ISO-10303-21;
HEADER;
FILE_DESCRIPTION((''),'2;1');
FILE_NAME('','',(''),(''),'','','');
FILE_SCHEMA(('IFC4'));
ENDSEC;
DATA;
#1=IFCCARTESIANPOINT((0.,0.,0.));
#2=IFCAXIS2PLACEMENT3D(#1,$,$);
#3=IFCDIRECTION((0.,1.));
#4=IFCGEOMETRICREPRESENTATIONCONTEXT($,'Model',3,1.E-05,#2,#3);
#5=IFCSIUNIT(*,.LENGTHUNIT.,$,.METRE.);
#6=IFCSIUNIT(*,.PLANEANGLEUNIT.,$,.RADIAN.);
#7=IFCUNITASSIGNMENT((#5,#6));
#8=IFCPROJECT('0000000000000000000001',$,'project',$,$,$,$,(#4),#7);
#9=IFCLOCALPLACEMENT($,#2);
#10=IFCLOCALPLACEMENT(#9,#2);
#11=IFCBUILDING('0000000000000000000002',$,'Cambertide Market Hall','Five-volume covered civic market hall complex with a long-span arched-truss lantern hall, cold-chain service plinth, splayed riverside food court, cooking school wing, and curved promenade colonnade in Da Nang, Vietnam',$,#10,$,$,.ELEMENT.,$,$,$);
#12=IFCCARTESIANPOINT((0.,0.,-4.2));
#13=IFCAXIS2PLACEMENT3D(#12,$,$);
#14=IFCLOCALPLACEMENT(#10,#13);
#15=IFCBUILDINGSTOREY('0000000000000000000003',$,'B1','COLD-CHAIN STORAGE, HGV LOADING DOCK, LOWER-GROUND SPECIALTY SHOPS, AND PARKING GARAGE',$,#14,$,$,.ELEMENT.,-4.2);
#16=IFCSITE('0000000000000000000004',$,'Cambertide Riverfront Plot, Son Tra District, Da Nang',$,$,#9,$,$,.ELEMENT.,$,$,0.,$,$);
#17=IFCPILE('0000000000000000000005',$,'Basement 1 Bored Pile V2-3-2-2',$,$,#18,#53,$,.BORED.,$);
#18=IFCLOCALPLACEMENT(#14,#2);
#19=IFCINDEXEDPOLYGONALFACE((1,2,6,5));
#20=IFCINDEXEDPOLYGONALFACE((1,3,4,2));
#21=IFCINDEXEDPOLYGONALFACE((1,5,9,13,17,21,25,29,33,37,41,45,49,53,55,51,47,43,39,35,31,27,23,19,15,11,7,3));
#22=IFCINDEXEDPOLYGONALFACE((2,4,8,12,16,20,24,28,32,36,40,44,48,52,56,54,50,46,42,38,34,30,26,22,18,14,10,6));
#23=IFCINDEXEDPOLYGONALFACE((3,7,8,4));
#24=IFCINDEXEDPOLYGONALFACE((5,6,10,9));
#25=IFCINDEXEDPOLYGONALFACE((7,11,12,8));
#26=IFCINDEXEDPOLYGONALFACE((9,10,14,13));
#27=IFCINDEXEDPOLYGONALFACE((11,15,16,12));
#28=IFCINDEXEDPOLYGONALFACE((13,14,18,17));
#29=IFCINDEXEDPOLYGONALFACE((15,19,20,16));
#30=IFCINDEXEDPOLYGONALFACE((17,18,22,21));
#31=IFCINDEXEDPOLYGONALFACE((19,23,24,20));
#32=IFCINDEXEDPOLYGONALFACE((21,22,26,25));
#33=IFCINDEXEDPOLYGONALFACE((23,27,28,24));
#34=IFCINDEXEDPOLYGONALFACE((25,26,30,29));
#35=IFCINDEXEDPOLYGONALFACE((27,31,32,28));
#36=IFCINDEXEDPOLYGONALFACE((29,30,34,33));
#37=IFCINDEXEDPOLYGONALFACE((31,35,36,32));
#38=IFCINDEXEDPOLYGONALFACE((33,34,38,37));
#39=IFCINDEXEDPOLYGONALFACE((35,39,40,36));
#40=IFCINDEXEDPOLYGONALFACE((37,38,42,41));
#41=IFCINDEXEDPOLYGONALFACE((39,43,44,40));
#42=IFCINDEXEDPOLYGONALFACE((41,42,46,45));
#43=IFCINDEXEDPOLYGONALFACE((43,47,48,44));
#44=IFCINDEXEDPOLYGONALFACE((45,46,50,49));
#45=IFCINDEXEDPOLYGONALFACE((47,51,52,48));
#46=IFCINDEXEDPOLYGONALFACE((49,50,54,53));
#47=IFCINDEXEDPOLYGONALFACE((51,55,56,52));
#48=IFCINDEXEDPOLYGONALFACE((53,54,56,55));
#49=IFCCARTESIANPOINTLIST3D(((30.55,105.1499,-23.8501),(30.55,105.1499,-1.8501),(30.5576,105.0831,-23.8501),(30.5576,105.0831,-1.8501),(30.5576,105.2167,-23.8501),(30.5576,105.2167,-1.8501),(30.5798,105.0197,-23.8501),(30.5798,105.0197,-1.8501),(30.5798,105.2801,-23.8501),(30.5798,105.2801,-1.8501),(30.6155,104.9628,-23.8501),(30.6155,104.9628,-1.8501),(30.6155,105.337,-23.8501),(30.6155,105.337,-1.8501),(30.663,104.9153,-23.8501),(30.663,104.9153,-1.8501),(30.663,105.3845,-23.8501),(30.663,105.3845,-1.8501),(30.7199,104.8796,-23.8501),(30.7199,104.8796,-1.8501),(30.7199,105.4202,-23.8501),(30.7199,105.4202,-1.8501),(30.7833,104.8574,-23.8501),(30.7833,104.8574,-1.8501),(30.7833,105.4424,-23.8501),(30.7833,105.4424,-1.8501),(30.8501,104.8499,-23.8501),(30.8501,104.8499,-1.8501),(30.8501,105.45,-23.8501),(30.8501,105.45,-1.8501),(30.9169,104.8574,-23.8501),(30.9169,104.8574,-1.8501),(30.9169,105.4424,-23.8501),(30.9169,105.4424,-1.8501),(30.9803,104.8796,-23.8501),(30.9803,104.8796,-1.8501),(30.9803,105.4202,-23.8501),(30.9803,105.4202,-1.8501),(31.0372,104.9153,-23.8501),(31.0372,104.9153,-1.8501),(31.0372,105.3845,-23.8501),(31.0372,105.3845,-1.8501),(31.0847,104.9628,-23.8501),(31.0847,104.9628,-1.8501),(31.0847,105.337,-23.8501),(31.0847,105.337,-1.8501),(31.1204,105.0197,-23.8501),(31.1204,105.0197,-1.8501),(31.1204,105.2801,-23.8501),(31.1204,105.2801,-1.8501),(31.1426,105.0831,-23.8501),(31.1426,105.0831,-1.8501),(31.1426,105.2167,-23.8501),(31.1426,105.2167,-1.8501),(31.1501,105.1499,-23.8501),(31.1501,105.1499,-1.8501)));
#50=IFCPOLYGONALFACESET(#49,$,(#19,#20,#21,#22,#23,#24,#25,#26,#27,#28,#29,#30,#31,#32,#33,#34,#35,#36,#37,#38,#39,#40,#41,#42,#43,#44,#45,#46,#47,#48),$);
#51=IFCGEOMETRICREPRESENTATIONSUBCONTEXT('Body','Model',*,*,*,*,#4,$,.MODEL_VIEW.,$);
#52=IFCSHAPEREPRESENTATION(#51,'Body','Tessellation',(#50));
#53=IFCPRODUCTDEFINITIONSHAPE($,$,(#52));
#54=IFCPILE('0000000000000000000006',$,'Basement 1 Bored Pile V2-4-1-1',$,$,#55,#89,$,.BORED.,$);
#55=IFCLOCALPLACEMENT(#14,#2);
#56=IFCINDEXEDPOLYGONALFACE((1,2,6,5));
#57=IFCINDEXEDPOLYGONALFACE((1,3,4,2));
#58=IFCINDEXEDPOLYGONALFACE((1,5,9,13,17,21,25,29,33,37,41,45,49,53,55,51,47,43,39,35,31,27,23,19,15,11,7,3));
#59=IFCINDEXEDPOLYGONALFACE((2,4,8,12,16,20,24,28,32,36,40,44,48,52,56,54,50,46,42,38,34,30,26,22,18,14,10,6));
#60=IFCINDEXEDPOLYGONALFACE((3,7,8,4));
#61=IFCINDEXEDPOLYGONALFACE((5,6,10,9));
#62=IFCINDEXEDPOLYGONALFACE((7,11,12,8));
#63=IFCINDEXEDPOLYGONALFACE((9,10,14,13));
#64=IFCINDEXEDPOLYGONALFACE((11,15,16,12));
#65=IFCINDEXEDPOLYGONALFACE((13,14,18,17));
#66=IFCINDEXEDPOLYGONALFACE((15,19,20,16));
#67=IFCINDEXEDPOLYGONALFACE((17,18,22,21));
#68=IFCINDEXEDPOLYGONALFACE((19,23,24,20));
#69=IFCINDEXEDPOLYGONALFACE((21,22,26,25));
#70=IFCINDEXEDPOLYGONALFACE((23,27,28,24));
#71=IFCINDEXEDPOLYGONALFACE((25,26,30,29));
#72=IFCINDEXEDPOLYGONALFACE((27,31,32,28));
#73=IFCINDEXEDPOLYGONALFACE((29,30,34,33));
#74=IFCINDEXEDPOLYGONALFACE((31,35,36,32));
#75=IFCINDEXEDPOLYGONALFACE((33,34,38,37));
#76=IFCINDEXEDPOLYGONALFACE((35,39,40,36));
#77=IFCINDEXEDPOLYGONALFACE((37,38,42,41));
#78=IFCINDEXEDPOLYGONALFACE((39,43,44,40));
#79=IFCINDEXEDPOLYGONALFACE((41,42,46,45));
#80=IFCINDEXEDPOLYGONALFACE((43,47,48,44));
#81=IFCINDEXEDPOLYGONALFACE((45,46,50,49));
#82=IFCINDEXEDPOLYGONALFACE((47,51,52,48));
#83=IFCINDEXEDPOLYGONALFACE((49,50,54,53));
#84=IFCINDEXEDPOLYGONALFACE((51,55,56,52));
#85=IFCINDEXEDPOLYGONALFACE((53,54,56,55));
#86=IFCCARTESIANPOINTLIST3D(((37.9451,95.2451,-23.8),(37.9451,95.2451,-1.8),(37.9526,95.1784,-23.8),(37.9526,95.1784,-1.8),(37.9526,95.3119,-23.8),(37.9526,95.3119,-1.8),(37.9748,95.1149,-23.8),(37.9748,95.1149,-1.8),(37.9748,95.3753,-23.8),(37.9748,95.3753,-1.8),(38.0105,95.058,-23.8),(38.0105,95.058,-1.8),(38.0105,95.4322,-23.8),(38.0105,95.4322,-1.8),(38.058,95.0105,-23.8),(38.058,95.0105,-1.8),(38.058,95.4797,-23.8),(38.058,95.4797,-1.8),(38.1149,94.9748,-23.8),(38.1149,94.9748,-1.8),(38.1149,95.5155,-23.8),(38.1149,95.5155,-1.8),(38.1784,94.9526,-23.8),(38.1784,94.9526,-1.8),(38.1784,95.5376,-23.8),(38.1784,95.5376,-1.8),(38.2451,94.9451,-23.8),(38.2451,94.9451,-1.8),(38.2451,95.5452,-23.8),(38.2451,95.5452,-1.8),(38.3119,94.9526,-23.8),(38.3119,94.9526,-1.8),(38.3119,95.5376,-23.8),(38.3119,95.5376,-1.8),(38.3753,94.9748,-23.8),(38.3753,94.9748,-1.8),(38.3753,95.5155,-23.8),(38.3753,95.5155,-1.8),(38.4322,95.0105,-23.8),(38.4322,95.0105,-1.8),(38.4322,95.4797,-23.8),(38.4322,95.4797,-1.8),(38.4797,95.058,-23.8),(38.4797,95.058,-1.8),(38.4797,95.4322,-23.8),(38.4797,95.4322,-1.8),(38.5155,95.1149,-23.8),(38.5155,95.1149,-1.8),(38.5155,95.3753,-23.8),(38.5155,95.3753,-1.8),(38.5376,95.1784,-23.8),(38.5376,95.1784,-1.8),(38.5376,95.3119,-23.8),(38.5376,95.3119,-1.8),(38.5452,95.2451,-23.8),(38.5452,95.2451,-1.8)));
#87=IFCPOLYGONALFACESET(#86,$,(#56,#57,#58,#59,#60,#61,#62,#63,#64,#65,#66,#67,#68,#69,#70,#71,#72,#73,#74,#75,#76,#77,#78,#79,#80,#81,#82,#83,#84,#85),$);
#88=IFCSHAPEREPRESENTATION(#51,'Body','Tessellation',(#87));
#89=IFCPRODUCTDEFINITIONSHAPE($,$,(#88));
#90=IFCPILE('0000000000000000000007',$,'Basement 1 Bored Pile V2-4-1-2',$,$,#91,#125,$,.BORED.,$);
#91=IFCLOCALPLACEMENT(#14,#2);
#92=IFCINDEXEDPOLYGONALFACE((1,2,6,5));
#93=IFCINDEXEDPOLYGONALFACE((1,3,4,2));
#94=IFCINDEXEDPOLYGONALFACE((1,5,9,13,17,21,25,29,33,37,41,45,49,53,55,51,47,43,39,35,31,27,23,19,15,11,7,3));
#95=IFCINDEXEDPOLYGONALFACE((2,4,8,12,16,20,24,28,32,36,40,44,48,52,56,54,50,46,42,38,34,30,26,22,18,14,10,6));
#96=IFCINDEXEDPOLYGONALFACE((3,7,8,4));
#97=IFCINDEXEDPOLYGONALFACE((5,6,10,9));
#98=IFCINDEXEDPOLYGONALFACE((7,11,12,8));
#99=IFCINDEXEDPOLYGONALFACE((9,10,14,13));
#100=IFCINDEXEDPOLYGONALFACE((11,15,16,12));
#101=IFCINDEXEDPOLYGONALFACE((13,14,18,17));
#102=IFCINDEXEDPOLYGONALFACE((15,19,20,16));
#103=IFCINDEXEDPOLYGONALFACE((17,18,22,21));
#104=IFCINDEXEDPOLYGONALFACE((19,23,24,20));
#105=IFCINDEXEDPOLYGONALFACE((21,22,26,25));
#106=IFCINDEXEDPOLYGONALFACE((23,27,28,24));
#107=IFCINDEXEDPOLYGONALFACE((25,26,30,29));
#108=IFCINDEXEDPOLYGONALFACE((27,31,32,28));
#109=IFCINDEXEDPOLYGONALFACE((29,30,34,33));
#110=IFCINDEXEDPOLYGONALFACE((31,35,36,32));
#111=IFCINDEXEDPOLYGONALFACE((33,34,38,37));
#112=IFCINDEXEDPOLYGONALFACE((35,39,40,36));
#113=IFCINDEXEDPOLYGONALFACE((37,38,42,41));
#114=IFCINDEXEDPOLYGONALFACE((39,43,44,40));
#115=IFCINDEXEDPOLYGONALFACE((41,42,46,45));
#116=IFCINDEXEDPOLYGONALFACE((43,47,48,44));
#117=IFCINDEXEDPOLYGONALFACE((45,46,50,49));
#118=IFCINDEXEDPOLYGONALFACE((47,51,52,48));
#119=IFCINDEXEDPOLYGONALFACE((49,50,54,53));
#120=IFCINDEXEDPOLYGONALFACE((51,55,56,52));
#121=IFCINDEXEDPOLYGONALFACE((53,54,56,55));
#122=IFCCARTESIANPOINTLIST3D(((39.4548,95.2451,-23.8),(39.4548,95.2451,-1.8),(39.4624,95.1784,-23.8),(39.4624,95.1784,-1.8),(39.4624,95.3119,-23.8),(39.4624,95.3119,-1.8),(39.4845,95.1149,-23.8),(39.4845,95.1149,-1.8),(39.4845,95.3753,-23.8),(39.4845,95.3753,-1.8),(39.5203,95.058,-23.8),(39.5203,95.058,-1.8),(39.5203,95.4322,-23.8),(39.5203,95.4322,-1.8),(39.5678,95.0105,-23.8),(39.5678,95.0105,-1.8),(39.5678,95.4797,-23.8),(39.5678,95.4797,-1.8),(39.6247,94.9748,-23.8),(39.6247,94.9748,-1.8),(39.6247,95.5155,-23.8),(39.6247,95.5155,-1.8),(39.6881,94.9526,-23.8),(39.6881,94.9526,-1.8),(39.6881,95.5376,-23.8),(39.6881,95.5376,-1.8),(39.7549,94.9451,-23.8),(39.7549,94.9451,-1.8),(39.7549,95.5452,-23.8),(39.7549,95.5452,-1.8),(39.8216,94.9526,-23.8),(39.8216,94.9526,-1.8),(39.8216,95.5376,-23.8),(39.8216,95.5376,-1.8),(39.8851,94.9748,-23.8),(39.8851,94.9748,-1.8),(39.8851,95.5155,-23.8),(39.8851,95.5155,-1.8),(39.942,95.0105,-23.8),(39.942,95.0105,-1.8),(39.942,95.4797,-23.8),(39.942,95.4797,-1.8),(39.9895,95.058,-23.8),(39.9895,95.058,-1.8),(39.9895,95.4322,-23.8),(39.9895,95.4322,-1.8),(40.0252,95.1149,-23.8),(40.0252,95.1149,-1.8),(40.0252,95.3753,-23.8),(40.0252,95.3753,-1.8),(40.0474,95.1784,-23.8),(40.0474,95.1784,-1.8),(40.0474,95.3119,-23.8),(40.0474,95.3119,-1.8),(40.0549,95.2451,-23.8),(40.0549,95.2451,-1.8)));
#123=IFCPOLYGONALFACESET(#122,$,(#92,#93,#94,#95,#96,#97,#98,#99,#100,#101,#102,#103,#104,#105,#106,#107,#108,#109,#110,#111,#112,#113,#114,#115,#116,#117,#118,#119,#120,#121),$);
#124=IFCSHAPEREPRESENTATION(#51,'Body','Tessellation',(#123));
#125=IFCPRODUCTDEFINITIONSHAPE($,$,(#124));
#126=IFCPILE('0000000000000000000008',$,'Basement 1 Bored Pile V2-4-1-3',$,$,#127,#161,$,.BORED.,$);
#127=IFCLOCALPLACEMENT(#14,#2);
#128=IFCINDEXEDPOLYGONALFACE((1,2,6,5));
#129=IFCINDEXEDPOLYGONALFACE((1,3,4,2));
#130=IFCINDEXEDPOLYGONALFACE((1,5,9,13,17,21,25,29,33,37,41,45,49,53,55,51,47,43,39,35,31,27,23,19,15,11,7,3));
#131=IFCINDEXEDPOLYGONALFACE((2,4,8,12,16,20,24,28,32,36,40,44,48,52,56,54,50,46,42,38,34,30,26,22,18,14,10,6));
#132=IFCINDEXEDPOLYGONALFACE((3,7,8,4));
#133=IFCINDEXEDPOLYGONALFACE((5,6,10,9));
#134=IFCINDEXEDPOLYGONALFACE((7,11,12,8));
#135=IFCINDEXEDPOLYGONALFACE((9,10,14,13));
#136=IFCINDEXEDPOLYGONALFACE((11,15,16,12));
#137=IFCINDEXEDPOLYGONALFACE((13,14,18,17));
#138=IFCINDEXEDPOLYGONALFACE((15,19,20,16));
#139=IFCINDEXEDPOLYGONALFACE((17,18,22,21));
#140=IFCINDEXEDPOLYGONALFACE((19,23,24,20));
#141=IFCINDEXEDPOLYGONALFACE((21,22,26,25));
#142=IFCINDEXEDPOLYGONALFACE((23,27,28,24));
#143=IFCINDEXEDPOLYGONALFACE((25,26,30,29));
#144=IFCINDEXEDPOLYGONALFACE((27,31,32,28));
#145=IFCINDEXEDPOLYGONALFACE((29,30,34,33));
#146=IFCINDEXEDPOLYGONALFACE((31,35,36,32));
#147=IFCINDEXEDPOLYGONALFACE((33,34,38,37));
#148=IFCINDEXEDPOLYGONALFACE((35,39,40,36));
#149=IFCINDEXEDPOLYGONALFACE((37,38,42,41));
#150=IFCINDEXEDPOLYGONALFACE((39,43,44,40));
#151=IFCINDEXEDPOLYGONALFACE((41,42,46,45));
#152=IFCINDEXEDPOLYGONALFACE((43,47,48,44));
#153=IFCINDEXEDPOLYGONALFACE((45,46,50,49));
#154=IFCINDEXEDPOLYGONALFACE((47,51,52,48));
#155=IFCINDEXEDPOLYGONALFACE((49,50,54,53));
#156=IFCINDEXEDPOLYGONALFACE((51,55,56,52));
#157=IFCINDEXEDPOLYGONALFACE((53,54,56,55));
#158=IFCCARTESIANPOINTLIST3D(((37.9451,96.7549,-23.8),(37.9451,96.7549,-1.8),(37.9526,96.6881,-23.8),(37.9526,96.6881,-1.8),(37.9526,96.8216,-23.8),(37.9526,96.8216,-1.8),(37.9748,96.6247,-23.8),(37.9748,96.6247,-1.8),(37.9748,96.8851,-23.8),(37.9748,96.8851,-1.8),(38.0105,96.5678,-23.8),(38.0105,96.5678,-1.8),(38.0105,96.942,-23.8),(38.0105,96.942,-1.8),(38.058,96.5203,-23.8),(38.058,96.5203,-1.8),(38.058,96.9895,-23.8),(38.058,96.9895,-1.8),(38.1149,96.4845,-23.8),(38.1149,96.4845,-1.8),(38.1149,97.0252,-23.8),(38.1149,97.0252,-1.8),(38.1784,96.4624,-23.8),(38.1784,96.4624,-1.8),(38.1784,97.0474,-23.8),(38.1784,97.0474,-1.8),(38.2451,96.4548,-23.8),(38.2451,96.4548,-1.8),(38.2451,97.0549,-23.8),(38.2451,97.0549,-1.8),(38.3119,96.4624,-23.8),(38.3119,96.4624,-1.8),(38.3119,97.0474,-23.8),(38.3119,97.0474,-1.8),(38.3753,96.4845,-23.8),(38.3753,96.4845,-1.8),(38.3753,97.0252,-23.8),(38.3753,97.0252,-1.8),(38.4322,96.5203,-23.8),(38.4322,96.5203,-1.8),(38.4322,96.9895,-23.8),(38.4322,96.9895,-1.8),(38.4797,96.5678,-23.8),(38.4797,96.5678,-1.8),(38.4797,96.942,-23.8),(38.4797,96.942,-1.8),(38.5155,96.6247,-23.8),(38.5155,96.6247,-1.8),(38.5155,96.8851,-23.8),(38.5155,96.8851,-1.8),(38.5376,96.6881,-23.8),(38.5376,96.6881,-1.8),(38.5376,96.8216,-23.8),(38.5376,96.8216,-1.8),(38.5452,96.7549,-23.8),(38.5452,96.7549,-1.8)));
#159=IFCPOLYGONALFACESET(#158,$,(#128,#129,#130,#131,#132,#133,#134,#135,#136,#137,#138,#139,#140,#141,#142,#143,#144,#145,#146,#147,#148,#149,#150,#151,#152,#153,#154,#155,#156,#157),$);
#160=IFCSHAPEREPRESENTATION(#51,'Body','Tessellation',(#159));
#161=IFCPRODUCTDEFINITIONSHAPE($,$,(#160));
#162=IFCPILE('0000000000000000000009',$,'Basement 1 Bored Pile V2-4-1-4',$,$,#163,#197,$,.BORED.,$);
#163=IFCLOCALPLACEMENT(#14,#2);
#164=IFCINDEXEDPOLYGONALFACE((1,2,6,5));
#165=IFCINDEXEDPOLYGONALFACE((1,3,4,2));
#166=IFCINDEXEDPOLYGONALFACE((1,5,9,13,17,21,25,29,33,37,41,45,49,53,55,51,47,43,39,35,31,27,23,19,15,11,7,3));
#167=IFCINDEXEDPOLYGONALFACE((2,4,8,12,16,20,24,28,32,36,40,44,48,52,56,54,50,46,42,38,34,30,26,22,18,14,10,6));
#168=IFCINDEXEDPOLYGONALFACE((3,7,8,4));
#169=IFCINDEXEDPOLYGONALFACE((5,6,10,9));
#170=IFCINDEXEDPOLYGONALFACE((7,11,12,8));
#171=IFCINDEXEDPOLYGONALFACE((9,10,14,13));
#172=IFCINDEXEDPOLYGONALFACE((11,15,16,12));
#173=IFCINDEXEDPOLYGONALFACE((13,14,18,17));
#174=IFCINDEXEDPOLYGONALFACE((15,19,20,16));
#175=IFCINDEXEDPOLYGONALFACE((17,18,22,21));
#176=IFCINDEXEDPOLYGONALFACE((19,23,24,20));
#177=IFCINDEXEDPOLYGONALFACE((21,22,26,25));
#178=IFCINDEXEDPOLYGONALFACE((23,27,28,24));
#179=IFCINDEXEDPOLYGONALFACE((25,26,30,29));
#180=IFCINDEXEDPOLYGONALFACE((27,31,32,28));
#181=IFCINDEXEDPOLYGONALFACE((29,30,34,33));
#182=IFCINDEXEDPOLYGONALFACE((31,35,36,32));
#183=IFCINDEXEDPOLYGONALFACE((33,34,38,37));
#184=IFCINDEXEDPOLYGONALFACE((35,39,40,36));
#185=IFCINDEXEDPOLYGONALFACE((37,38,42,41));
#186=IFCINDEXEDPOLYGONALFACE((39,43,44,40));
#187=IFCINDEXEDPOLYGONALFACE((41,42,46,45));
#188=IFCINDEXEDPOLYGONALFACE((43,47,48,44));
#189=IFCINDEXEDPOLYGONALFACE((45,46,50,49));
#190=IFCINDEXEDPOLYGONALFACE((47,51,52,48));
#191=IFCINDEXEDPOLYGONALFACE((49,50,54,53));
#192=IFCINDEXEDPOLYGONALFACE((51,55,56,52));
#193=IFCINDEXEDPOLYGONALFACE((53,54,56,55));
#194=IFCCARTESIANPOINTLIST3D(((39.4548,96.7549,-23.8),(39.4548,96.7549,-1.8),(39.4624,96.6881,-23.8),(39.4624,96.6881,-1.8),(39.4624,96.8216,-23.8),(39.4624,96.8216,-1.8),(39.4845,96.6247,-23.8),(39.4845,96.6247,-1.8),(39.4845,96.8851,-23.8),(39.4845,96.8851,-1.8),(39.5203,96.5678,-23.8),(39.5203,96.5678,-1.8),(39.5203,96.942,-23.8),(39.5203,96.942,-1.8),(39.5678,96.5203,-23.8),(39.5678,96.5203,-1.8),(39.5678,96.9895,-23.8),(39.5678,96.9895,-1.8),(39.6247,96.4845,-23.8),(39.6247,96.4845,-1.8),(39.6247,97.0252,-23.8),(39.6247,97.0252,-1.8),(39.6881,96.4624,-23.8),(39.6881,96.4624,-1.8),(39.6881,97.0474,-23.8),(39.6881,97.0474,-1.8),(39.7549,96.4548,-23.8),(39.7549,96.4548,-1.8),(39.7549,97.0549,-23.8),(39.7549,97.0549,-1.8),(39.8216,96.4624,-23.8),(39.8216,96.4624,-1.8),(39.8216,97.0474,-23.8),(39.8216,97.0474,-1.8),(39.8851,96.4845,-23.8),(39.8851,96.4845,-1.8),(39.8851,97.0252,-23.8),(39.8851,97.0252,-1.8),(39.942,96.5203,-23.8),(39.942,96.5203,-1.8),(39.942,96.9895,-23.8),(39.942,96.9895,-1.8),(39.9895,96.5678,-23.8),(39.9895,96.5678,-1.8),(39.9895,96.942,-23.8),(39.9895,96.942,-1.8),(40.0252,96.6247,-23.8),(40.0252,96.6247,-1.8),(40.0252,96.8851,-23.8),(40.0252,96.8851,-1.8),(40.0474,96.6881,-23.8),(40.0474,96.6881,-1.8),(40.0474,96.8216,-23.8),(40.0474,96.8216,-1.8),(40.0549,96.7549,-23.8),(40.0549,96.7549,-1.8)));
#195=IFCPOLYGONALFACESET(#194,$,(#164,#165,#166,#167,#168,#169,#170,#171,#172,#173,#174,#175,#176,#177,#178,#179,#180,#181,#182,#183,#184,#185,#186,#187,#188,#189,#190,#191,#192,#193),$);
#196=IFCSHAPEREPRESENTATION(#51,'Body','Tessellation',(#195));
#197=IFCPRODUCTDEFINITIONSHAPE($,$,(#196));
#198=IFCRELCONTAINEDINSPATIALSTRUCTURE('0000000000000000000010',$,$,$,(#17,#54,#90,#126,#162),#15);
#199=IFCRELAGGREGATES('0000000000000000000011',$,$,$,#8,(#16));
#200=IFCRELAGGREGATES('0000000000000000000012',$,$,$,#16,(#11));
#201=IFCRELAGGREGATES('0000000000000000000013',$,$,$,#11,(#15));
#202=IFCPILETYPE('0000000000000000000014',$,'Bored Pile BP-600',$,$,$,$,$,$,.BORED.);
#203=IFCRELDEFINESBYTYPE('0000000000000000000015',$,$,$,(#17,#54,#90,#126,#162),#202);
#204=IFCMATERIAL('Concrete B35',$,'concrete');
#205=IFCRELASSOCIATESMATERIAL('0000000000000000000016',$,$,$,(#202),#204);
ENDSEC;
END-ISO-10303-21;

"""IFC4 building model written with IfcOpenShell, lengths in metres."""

from ifc_helpers import new_model, si_unit, direction, frame, origin, origin_2d, place, context, subcontext, project, spatial, circle, extrude, material, material_profile, profile_set, type_object, element, save


model = new_model("IFC4")

# Units and contexts
model_context = context("Model", 3, precision=1e-05, world=origin(), true_north=direction((0.0, 1.0)))
body_context = subcontext(model_context, "Body", "Model", "MODEL_VIEW")
ifc_project = project(units=[si_unit("LENGTHUNIT", "METRE"), si_unit("PLANEANGLEUNIT", "RADIAN")], contexts=[model_context])

# Site, building, storey
site_placement = place(None, origin())
site = spatial("IfcSite", under=ifc_project, at=site_placement, Name="Cambertide Riverfront Plot, Son Tra District, Da Nang", CompositionType="ELEMENT", RefElevation=0.0)
building_placement = place(site_placement, origin())
building = spatial("IfcBuilding", under=site, at=building_placement, Name="Cambertide Market Hall", Description="Five-volume covered civic market hall complex with a long-span arched-truss lantern hall, cold-chain service plinth, splayed riverside food court, cooking school wing, and curved promenade colonnade in Da Nang, Vietnam", CompositionType="ELEMENT")
storey_placement = place(building_placement, frame((0.0, 0.0, -4.2)))
storey = spatial("IfcBuildingStorey", under=building, at=storey_placement, Name="B1", Description="COLD-CHAIN STORAGE, HGV LOADING DOCK, LOWER-GROUND SPECIALTY SHOPS, AND PARKING GARAGE", CompositionType="ELEMENT", Elevation=-4.2)

# Piles
ifc_material_1 = material(Name="Concrete B35", Category="concrete")
ifc_material_profile_1 = material_profile(ifc_material_1, circle(Radius=0.3, at=origin_2d()), Name="BP D600")
ifc_profile_set_1 = profile_set([ifc_material_profile_1], Name="Concrete B35")
pile_type = type_object("IfcPileType", Name="Bored Pile BP-600", PredefinedType="BORED", material=ifc_profile_set_1)
for number, where, z_axis, x_axis, name in (
    (1, (30.8501, 105.1499, -1.8501), (0.0, 0.0, -1.0), (1.0, 0.0, 0.0), "Basement 1 Bored Pile V2-3-2-2"),
    (2, (38.2451, 95.2451, -1.8), (0.0, 0.0, -1.0), (1.0, 0.0, 0.0), "Basement 1 Bored Pile V2-4-1-1"),
    (3, (39.7549, 95.2451, -1.8), (0.0, 0.0, -1.0), (1.0, 0.0, 0.0), "Basement 1 Bored Pile V2-4-1-2"),
    (4, (38.2451, 96.7549, -1.8), (0.0, 0.0, -1.0), (1.0, 0.0, 0.0), "Basement 1 Bored Pile V2-4-1-3"),
    (5, (39.7549, 96.7549, -1.8), (0.0, 0.0, -1.0), (1.0, 0.0, 0.0), "Basement 1 Bored Pile V2-4-1-4"),
):
    element("IfcPile", number, at=place(storey_placement, frame(where, z_axis=z_axis, x_axis=x_axis)), inside=storey, type_object=pile_type, Name=name, PredefinedType="BORED", context=body_context, shape_type="SweptSolid", body=[
        extrude(circle(Radius=0.3, at=origin_2d()), origin(), (0.0, 0.0, 1.0), 22.0),
    ])

save(model, "model.ifc")
